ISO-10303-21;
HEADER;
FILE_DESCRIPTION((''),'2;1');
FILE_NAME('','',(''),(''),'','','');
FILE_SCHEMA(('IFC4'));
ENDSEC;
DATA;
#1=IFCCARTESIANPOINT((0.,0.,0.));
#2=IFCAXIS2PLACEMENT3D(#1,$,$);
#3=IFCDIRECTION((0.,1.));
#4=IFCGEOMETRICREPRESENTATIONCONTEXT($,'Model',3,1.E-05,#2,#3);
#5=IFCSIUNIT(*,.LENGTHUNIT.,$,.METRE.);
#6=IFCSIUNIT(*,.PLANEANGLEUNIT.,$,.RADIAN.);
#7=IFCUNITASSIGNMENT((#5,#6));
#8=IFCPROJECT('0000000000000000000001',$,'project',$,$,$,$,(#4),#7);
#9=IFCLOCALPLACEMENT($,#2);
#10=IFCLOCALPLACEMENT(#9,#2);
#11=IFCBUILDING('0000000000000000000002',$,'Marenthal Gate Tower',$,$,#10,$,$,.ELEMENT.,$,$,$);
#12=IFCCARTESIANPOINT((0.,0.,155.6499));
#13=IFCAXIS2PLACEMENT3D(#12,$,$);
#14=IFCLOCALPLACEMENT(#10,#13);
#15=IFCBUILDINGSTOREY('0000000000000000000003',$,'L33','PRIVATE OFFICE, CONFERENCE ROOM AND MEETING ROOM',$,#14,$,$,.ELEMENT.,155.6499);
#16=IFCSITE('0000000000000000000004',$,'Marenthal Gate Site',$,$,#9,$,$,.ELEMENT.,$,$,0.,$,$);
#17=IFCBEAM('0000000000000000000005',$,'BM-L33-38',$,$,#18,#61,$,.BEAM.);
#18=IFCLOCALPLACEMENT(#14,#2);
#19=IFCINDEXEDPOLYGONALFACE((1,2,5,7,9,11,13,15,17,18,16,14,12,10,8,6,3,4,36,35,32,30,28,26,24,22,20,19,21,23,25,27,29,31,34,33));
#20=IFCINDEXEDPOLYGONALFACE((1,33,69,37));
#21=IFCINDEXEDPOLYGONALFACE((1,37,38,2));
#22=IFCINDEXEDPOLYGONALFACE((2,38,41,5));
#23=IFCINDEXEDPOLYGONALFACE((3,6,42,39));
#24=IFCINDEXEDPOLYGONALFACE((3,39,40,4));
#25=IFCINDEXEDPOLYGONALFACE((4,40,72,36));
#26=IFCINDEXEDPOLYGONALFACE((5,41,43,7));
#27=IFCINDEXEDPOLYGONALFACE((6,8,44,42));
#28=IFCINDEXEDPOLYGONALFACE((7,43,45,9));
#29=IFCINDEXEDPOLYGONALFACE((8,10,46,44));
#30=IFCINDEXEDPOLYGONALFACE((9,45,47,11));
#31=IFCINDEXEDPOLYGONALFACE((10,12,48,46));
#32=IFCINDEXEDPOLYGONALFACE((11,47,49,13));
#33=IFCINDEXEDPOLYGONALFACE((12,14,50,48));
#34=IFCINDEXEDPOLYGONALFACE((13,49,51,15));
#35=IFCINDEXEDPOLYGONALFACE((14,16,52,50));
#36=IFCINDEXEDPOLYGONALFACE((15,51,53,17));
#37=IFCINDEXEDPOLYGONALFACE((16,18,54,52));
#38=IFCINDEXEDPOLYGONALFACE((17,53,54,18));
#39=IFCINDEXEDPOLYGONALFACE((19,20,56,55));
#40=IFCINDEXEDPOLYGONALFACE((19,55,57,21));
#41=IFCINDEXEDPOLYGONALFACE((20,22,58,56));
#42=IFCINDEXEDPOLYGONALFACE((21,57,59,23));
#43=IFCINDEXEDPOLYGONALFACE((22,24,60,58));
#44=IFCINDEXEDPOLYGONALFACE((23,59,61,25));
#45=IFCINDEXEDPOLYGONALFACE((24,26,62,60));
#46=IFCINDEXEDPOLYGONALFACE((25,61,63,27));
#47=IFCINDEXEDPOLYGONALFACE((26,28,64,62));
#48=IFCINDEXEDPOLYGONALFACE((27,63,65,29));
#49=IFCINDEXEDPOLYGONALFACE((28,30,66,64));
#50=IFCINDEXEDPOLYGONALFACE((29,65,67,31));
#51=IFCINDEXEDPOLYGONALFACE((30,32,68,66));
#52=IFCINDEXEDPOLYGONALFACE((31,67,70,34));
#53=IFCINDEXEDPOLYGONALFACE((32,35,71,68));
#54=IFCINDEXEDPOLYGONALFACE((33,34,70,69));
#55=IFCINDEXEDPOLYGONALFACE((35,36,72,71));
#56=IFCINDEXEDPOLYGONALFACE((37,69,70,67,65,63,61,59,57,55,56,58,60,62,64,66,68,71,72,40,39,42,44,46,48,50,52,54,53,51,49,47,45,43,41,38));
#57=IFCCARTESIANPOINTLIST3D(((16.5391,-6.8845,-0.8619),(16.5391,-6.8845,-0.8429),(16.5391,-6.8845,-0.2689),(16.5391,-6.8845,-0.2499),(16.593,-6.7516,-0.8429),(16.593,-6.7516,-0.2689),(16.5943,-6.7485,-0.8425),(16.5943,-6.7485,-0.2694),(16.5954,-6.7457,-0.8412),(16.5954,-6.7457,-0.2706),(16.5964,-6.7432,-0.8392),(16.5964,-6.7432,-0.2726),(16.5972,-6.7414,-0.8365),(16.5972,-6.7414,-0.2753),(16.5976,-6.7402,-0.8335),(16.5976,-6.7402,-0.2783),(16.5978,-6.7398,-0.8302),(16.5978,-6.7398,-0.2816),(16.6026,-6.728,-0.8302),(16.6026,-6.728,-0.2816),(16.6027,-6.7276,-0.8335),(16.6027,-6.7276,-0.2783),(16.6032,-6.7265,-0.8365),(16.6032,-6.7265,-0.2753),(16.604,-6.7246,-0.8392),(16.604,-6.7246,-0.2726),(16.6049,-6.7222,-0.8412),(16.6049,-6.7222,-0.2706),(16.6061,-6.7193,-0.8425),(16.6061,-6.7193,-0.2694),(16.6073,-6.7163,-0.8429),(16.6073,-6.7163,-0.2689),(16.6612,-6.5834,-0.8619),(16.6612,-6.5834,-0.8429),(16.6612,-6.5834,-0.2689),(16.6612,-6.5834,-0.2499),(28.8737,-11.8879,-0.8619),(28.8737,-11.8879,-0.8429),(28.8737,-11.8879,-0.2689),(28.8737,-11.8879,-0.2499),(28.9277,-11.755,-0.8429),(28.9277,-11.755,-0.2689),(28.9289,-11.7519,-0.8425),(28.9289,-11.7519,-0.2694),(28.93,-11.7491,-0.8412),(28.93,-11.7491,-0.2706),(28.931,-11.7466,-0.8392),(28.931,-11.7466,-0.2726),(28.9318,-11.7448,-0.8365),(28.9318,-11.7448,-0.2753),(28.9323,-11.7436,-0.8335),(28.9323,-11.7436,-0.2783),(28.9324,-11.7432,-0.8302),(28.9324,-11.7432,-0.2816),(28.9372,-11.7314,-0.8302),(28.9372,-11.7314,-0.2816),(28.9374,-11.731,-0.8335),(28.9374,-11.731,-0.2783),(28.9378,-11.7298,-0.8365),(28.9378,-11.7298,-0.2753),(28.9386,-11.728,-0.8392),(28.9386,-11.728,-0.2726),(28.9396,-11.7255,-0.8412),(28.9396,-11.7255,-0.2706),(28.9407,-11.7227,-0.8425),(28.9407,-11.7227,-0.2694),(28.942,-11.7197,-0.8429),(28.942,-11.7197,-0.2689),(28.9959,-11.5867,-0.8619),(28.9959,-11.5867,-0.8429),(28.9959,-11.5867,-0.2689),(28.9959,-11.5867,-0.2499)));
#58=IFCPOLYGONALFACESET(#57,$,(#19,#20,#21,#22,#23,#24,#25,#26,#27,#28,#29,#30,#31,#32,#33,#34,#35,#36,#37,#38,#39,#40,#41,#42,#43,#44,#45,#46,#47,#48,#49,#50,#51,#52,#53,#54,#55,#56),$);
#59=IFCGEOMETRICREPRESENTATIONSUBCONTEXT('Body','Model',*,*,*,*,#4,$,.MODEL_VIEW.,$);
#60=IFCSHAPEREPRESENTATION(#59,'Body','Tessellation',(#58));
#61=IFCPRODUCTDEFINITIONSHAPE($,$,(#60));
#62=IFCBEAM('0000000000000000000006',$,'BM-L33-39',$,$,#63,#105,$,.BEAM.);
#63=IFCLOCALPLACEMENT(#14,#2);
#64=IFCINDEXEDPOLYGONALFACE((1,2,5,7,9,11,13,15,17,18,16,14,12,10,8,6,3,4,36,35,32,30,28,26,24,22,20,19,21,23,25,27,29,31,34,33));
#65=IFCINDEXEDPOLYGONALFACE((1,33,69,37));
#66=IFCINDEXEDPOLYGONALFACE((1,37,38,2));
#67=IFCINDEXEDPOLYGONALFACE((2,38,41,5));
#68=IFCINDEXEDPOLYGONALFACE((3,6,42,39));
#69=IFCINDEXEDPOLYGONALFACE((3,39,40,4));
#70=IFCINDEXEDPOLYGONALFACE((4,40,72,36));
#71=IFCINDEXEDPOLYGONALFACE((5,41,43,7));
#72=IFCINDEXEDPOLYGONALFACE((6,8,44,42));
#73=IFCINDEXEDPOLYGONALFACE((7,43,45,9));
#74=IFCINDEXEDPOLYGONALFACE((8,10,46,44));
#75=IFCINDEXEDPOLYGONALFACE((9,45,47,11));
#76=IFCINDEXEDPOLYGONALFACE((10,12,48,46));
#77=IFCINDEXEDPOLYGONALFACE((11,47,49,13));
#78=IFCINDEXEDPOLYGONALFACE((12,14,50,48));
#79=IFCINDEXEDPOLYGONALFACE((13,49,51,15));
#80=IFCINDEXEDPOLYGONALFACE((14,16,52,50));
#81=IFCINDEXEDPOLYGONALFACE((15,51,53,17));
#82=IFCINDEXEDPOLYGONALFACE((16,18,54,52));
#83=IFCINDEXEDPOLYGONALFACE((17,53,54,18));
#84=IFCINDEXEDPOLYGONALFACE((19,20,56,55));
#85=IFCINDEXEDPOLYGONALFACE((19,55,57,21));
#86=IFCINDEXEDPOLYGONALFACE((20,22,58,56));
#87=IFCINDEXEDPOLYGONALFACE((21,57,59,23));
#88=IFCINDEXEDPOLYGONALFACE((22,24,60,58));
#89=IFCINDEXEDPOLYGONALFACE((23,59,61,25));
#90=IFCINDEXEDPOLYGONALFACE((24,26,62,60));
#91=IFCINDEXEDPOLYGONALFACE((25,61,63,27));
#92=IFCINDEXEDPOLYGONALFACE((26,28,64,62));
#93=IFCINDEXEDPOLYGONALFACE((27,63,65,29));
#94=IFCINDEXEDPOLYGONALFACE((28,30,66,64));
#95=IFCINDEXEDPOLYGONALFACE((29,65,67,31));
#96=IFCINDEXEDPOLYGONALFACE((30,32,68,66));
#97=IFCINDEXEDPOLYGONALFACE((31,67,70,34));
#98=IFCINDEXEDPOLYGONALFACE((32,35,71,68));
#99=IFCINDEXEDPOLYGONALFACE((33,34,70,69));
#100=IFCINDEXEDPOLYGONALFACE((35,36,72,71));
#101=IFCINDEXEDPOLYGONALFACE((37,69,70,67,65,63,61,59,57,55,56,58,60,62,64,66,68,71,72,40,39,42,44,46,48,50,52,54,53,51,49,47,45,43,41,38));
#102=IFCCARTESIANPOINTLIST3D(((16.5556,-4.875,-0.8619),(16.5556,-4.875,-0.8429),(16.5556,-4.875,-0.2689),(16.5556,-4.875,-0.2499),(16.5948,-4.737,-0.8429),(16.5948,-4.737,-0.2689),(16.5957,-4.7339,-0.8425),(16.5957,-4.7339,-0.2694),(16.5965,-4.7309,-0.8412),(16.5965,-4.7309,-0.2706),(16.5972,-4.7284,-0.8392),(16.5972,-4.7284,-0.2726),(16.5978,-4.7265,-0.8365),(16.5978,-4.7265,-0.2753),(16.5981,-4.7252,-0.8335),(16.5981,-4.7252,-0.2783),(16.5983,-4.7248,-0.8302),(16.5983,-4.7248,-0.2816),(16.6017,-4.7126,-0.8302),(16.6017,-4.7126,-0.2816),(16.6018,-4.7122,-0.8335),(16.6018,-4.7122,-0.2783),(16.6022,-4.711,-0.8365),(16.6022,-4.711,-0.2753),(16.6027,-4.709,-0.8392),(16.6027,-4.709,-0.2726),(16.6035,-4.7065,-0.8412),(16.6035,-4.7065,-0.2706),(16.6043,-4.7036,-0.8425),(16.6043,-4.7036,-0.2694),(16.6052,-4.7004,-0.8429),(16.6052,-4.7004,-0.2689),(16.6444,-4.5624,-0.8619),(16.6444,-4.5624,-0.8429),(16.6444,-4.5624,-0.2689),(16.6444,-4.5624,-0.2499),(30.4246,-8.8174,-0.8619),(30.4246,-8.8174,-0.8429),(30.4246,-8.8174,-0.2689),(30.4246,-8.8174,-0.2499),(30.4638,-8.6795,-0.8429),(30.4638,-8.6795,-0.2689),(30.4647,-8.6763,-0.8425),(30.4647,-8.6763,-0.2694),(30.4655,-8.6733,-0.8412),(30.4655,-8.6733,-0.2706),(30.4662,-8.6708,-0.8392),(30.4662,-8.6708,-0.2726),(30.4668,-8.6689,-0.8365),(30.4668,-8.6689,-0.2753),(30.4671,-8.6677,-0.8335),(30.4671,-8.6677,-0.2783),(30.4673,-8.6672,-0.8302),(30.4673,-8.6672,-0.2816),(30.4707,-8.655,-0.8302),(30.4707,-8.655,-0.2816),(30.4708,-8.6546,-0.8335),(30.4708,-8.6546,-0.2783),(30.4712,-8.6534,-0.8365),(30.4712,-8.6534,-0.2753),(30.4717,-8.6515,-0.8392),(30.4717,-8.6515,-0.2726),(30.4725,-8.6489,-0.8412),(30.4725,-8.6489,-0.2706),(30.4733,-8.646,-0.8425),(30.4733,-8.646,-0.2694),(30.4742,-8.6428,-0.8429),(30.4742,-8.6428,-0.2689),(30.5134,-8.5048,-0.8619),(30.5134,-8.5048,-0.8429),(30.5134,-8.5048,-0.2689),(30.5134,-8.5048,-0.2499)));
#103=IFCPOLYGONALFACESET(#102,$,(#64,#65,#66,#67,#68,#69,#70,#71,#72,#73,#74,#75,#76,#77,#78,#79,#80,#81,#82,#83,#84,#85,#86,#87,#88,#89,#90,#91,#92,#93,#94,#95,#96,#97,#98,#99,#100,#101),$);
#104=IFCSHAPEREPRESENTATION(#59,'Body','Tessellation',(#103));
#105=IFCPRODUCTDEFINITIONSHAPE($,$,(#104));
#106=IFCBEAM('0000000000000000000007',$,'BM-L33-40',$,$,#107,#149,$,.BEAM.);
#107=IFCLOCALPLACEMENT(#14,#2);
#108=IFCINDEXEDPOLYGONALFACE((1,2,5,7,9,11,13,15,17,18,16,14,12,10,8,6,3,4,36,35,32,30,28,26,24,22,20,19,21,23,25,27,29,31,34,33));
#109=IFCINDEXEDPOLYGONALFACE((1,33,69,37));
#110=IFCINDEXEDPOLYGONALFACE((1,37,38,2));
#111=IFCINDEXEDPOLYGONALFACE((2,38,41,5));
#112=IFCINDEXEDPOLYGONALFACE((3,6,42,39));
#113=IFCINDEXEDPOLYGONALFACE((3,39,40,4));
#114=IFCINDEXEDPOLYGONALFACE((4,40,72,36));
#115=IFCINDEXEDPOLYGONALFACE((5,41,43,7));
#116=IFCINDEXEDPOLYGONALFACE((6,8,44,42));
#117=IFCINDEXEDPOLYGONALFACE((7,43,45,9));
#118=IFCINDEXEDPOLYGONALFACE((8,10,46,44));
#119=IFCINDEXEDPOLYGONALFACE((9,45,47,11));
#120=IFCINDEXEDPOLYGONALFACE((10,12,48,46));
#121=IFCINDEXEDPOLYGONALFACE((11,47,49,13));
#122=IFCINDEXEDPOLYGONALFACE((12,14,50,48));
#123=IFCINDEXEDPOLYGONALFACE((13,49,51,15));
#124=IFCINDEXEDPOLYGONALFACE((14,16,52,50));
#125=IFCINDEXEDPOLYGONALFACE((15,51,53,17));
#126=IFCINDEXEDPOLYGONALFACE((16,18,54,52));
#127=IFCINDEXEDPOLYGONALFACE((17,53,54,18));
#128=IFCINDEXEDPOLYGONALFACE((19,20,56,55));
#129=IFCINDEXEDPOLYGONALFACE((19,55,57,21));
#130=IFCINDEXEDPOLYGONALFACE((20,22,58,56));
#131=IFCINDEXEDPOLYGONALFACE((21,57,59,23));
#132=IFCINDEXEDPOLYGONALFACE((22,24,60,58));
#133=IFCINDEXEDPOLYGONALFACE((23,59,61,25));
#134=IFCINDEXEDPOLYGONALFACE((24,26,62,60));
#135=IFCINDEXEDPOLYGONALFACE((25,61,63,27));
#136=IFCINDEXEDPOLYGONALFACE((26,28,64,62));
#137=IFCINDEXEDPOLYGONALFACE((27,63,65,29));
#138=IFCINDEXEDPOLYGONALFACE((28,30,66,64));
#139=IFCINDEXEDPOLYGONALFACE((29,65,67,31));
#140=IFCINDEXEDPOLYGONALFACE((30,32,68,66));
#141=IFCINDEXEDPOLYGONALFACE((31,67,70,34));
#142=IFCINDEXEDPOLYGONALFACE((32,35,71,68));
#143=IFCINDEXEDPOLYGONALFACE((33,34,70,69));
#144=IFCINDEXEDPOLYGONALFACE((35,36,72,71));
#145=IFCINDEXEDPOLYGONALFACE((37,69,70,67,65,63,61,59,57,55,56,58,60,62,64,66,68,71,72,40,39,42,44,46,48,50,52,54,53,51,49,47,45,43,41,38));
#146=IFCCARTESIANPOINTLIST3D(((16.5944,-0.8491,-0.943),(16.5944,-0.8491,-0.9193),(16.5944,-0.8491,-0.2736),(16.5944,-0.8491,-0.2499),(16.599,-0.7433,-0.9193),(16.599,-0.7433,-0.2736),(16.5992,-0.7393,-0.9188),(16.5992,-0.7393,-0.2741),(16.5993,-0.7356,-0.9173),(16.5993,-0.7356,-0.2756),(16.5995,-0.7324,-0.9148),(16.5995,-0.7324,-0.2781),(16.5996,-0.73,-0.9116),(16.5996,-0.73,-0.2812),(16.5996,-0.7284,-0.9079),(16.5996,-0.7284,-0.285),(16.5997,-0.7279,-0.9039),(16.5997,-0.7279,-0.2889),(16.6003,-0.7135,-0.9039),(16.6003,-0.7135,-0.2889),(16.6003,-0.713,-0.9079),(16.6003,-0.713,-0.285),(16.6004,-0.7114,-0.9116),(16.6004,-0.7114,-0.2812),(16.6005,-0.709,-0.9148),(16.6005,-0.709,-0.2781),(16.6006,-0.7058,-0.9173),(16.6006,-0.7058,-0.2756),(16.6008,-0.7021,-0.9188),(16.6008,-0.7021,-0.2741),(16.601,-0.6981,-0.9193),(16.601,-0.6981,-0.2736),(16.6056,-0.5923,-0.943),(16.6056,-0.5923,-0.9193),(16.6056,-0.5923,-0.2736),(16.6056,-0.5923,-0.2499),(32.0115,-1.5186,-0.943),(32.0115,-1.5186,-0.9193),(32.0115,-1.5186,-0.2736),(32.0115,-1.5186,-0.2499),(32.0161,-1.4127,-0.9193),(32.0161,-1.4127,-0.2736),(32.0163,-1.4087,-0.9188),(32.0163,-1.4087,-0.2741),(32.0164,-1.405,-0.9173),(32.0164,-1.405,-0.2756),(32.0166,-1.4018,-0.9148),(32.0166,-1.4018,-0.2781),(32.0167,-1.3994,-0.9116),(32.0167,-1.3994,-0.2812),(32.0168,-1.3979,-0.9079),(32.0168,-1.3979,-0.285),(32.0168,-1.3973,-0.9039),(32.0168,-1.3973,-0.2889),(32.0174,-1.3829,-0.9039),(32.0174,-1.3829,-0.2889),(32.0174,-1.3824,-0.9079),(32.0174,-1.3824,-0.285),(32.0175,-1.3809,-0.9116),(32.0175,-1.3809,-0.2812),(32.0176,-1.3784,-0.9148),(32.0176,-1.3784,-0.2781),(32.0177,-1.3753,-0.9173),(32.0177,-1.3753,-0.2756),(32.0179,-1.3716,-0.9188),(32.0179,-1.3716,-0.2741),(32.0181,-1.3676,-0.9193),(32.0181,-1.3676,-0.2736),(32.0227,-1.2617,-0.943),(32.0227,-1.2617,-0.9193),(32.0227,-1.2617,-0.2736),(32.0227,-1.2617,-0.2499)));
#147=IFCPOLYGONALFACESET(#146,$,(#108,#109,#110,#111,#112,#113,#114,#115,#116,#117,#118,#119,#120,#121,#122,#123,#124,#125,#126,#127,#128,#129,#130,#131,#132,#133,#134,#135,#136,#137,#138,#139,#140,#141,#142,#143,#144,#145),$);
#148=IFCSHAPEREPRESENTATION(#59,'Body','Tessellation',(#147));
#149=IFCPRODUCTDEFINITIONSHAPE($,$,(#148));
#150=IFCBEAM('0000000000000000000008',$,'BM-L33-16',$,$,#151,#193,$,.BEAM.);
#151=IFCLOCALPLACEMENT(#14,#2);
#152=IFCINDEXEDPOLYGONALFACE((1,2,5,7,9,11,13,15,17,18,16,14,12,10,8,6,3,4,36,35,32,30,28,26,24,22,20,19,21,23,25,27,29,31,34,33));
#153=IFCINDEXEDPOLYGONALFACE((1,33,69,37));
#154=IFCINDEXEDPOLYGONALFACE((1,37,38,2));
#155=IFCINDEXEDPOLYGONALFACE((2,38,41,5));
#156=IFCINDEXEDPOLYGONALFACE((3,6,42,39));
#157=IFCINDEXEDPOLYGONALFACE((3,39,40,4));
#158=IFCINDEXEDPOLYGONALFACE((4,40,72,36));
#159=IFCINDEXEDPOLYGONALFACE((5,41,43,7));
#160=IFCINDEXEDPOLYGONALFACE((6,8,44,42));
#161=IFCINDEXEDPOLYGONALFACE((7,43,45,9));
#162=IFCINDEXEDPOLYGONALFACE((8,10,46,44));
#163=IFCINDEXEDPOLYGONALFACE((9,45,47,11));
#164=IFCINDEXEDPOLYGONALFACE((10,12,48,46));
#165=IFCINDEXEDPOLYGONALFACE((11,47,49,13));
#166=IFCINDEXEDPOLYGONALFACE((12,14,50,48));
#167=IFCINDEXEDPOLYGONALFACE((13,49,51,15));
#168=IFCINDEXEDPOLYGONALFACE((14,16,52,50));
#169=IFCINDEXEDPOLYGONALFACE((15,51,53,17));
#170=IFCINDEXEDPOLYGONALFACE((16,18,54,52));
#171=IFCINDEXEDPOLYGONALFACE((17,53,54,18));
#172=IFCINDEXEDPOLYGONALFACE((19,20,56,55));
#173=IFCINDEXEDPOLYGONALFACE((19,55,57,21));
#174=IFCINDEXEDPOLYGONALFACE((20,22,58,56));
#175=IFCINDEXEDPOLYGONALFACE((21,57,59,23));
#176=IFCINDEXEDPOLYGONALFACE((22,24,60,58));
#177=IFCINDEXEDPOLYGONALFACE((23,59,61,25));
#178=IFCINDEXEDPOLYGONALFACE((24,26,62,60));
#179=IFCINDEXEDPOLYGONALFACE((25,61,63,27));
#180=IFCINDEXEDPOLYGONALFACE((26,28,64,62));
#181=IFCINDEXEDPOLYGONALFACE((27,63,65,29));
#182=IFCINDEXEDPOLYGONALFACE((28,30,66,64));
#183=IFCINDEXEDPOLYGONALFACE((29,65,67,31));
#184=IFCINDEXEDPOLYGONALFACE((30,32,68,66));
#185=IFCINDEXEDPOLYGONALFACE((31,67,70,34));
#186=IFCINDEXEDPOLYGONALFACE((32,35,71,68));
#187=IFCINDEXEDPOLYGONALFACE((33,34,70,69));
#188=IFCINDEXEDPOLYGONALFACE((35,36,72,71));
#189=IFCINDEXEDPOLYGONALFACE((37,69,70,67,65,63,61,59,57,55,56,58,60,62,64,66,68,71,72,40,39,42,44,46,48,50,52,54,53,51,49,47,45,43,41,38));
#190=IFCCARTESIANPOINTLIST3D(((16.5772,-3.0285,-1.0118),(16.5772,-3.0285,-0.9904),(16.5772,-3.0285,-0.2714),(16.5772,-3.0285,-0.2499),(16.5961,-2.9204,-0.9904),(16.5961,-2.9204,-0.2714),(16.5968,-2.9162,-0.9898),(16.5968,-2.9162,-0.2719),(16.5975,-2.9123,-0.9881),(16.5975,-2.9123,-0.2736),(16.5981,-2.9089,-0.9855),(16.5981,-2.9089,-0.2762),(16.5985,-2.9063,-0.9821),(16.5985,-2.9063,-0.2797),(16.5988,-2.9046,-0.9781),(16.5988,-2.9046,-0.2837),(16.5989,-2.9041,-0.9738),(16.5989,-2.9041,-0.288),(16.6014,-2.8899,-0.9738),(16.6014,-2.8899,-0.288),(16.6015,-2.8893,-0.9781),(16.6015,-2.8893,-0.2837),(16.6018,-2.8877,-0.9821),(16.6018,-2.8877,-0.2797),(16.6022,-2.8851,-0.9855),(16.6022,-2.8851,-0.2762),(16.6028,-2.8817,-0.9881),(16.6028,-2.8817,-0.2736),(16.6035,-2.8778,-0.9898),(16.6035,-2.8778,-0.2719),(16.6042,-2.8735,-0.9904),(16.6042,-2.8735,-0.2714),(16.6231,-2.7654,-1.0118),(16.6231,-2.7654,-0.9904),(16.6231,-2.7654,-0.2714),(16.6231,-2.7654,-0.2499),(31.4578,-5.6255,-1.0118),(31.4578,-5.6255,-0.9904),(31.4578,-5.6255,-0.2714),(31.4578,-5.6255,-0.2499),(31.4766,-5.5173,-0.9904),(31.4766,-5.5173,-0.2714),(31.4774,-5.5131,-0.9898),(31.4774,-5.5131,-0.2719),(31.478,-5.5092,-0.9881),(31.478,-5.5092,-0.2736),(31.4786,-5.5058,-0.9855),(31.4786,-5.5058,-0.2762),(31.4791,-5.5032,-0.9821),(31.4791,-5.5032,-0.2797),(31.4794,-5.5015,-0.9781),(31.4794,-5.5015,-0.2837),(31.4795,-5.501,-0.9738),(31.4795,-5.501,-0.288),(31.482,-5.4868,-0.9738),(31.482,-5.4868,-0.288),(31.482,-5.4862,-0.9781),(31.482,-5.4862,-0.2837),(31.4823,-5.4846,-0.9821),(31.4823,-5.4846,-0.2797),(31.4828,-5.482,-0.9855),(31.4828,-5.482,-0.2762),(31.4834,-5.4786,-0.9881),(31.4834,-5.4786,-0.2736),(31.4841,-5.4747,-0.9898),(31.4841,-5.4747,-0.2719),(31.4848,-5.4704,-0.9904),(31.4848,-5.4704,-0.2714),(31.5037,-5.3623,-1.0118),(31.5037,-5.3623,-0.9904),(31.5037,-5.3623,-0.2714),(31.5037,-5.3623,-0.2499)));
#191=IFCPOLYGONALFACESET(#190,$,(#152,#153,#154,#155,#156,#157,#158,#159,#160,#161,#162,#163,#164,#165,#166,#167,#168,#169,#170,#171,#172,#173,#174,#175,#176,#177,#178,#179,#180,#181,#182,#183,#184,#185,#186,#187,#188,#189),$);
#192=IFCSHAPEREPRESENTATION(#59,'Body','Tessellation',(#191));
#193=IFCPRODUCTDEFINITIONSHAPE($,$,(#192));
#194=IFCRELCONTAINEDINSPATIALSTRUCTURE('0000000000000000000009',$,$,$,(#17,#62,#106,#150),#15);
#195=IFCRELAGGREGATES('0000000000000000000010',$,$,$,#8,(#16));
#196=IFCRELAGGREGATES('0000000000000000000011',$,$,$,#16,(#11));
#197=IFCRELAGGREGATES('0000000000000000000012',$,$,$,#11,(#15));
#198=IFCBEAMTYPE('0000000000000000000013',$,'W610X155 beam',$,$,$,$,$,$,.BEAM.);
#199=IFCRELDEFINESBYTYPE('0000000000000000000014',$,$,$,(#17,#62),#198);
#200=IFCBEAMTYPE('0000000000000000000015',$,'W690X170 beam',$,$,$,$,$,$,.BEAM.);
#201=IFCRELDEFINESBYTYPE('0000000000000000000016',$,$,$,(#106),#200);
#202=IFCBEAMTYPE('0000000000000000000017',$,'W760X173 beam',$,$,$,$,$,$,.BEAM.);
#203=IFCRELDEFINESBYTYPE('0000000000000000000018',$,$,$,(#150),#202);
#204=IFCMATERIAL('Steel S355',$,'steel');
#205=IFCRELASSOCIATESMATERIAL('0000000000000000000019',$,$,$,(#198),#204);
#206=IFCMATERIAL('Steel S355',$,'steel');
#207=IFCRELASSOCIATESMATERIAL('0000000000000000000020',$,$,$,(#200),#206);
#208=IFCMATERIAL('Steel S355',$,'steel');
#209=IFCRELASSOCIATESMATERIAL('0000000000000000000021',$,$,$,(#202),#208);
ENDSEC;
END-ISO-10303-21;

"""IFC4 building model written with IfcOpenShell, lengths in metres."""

from ifc_helpers import new_model, si_unit, direction, frame, origin, origin_2d, place, context, subcontext, project, spatial, i_section, extrude, material, material_profile, profile_set, type_object, element, save


model = new_model("IFC4")

# Units and contexts
model_context = context("Model", 3, precision=1e-05, world=origin(), true_north=direction((0.0, 1.0)))
body_context = subcontext(model_context, "Body", "Model", "MODEL_VIEW")
ifc_project = project(units=[si_unit("LENGTHUNIT", "METRE"), si_unit("PLANEANGLEUNIT", "RADIAN")], contexts=[model_context])

# Site, building, storey
site_placement = place(None, origin())
site = spatial("IfcSite", under=ifc_project, at=site_placement, Name="Marenthal Gate Site", CompositionType="ELEMENT", RefElevation=0.0)
building_placement = place(site_placement, origin())
building = spatial("IfcBuilding", under=site, at=building_placement, Name="Marenthal Gate Tower", CompositionType="ELEMENT")
storey_placement = place(building_placement, frame((0.0, 0.0, 155.6499)))
storey = spatial("IfcBuildingStorey", under=building, at=storey_placement, Name="L33", Description="PRIVATE OFFICE, CONFERENCE ROOM AND MEETING ROOM", CompositionType="ELEMENT", Elevation=155.6499)

# Beams
ifc_material_1 = material(Name="Steel S355", Category="steel")
ifc_material_profile_1 = material_profile(ifc_material_1, i_section(OverallWidth=0.325, OverallDepth=0.6121, WebThickness=0.0127, FlangeThickness=0.019, FilletRadius=0.0127, at=origin_2d()), Name="W610X155")
ifc_profile_set_1 = profile_set([ifc_material_profile_1], Name="Steel S355")
beam_type_1 = type_object("IfcBeamType", Name="W610X155 beam", PredefinedType="BEAM", material=ifc_profile_set_1)
beam_1_placement = place(storey_placement, frame((28.9348, -11.7373, -0.5559), z_axis=(-0.926665, 0.375889, 0.0), x_axis=(-0.375889, -0.926665, 0.0)))
element("IfcBeam", 1, at=beam_1_placement, inside=storey, type_object=beam_type_1, Name="BM-L33-38", PredefinedType="BEAM", context=body_context, shape_type="SweptSolid", body=[
    extrude(i_section(OverallWidth=0.325, OverallDepth=0.6121, WebThickness=0.0127, FlangeThickness=0.019, FilletRadius=0.0127, at=origin_2d()), origin(), (0.0, 0.0, 1.0), 13.3108),
])
beam_2_placement = place(storey_placement, frame((30.469, -8.6611, -0.5559), z_axis=(-0.961892, 0.273428, 0.0), x_axis=(-0.273428, -0.961892, 0.0)))
element("IfcBeam", 2, at=beam_2_placement, inside=storey, type_object=beam_type_1, Name="BM-L33-39", PredefinedType="BEAM", context=body_context, shape_type="SweptSolid", body=[
    extrude(i_section(OverallWidth=0.325, OverallDepth=0.6121, WebThickness=0.0127, FlangeThickness=0.019, FilletRadius=0.0127, at=origin_2d()), origin(), (0.0, 0.0, 1.0), 14.4185),
])
ifc_material_2 = material(Name="Steel S355", Category="steel")
ifc_material_profile_2 = material_profile(ifc_material_2, i_section(OverallWidth=0.2571, OverallDepth=0.6931, WebThickness=0.0144, FlangeThickness=0.0237, FilletRadius=0.0154, at=origin_2d()), Name="W690X170")
ifc_profile_set_2 = profile_set([ifc_material_profile_2], Name="Steel S355")
beam_type_2 = type_object("IfcBeamType", Name="W690X170 beam", PredefinedType="BEAM", material=ifc_profile_set_2)
beam_3_placement = place(storey_placement, frame((32.0171, -1.3901, -0.5964), z_axis=(-0.999059, 0.043381, 0.0), x_axis=(-0.043381, -0.999059, 0.0)))
element("IfcBeam", 3, at=beam_3_placement, inside=storey, type_object=beam_type_2, Name="BM-L33-40", PredefinedType="BEAM", context=body_context, shape_type="SweptSolid", body=[
    extrude(i_section(OverallWidth=0.2571, OverallDepth=0.6931, WebThickness=0.0144, FlangeThickness=0.0237, FilletRadius=0.0154, at=origin_2d()), origin(), (0.0, 0.0, 1.0), 15.4316),
])
ifc_material_3 = material(Name="Steel S355", Category="steel")
ifc_material_profile_3 = material_profile(ifc_material_3, i_section(OverallWidth=0.2671, OverallDepth=0.762, WebThickness=0.0144, FlangeThickness=0.0215, FilletRadius=0.0166, at=origin_2d()), Name="W760X173")
ifc_profile_set_3 = profile_set([ifc_material_profile_3], Name="Steel S355")
beam_type_3 = type_object("IfcBeamType", Name="W760X173 beam", PredefinedType="BEAM", material=ifc_profile_set_3)
beam_4_placement = place(storey_placement, frame((31.4807, -5.4939, -0.6309), z_axis=(-0.985111, 0.171919, 0.0), x_axis=(-0.171919, -0.985111, 0.0)))
element("IfcBeam", 4, at=beam_4_placement, inside=storey, type_object=beam_type_3, Name="BM-L33-16", PredefinedType="BEAM", context=body_context, shape_type="SweptSolid", body=[
    extrude(i_section(OverallWidth=0.2671, OverallDepth=0.762, WebThickness=0.0144, FlangeThickness=0.0215, FilletRadius=0.0166, at=origin_2d()), origin(), (0.0, 0.0, 1.0), 15.1055),
])

save(model, "model.ifc")
